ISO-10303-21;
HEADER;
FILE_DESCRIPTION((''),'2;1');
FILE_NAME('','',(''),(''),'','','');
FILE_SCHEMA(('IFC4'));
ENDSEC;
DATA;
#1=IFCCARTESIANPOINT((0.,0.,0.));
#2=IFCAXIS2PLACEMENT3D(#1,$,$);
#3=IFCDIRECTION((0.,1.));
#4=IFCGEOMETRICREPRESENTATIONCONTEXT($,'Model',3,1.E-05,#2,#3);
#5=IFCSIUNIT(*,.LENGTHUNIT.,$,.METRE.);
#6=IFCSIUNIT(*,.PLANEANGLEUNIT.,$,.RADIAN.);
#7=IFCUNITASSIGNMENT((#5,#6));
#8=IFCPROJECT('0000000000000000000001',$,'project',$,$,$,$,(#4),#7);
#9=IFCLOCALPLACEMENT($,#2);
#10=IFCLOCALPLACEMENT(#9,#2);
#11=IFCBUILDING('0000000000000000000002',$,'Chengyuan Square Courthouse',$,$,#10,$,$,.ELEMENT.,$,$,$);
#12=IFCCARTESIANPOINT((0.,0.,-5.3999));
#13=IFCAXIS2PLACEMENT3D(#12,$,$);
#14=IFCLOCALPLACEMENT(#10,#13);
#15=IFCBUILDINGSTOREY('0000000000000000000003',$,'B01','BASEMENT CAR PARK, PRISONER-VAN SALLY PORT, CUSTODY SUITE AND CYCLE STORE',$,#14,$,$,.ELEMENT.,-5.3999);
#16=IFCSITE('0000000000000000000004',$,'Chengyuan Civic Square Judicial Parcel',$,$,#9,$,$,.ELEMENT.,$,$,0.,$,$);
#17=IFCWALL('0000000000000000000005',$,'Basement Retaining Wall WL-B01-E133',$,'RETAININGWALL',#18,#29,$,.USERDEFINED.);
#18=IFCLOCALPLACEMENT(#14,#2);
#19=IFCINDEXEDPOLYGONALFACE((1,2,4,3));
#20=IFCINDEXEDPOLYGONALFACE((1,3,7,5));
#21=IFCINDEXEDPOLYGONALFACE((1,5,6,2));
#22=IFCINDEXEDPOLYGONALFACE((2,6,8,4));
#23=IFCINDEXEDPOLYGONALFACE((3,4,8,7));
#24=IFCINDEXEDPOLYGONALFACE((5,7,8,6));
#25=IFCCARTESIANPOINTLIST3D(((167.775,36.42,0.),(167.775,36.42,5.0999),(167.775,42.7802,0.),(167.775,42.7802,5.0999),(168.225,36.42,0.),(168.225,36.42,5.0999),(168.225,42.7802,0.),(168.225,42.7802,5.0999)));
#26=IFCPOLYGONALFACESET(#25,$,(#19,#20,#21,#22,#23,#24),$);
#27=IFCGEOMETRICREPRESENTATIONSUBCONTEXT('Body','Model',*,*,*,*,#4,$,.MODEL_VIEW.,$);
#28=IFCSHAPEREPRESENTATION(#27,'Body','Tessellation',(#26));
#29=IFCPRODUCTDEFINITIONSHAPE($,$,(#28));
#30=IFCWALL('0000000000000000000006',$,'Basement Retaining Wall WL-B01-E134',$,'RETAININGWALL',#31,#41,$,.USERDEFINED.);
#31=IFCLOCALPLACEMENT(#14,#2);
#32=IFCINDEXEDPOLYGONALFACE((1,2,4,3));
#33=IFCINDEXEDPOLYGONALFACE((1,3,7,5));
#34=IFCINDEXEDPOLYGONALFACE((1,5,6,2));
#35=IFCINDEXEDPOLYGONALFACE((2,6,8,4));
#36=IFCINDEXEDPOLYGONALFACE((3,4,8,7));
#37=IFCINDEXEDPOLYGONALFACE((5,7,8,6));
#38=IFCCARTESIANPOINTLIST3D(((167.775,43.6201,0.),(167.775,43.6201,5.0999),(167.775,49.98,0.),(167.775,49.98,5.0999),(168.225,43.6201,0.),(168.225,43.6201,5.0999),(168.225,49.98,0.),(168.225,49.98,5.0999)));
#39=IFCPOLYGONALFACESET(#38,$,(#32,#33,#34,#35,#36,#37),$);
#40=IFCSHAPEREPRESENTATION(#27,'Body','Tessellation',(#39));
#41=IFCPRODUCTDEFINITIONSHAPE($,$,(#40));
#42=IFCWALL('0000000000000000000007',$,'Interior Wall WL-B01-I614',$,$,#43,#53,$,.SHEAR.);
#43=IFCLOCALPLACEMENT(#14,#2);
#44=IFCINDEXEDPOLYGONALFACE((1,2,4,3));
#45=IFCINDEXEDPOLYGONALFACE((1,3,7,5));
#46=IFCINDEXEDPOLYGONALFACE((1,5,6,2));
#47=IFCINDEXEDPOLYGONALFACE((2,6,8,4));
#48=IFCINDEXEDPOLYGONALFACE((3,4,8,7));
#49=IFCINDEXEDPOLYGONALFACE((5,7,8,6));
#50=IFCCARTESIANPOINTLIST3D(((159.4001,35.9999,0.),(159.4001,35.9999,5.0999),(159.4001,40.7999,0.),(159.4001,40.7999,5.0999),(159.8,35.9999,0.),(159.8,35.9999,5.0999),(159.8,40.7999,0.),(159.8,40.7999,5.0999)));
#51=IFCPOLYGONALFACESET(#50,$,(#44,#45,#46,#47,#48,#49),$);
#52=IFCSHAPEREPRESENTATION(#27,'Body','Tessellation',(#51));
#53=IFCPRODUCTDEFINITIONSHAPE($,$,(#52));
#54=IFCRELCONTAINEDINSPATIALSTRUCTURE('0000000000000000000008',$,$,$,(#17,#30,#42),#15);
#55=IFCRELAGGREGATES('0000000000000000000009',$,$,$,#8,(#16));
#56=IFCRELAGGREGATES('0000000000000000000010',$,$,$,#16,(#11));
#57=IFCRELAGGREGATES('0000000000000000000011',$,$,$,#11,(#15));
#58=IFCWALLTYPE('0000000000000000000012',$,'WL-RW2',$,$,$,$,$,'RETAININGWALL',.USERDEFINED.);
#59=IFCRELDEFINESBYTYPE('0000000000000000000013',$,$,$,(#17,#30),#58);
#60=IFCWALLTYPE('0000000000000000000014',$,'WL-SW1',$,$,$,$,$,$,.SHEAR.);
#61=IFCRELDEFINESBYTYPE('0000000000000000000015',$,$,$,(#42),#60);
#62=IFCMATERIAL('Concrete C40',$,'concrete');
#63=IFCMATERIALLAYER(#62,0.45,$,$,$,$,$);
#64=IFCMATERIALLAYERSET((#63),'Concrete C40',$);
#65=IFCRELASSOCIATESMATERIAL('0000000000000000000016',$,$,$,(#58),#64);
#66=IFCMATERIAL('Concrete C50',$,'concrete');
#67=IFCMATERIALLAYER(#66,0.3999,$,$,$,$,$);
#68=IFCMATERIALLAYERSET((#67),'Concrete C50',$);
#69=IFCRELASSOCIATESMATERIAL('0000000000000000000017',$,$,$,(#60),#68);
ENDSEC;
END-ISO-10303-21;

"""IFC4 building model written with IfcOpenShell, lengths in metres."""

from ifc_helpers import new_model, si_unit, direction, frame, frame_2d, origin, place, context, subcontext, project, spatial, rectangle, extrude, material, layer, layer_set, type_object, element, save


model = new_model("IFC4")

# Units and contexts
model_context = context("Model", 3, precision=1e-05, world=origin(), true_north=direction((0.0, 1.0)))
body_context = subcontext(model_context, "Body", "Model", "MODEL_VIEW")
ifc_project = project(units=[si_unit("LENGTHUNIT", "METRE"), si_unit("PLANEANGLEUNIT", "RADIAN")], contexts=[model_context])

# Site, building, storey
site_placement = place(None, origin())
site = spatial("IfcSite", under=ifc_project, at=site_placement, Name="Chengyuan Civic Square Judicial Parcel", CompositionType="ELEMENT", RefElevation=0.0)
building_placement = place(site_placement, origin())
building = spatial("IfcBuilding", under=site, at=building_placement, Name="Chengyuan Square Courthouse", CompositionType="ELEMENT")
storey_placement = place(building_placement, frame((0.0, 0.0, -5.3999)))
storey = spatial("IfcBuildingStorey", under=building, at=storey_placement, Name="B01", Description="BASEMENT CAR PARK, PRISONER-VAN SALLY PORT, CUSTODY SUITE AND CYCLE STORE", CompositionType="ELEMENT", Elevation=-5.3999)

# Shared definitions
ifc_material_1 = material(Name="Concrete C50", Category="concrete")

# Shared definitions
ifc_material_2 = material(Name="Concrete C40", Category="concrete")

# Walls
ifc_layer_1 = layer(ifc_material_2, 0.45)
ifc_layer_set_1 = layer_set([ifc_layer_1], Name="Concrete C40")
wall_type_1 = type_object("IfcWallType", Name="WL-RW2", ElementType="RETAININGWALL", PredefinedType="USERDEFINED", material=ifc_layer_set_1)
wall_1_placement = place(storey_placement, frame((168.0, 36.4199, 0.0), z_axis=(0.0, 0.0, 1.0), x_axis=(0.0, 1.0, 0.0)))
element("IfcWall", 1, at=wall_1_placement, inside=storey, type_object=wall_type_1, Name="Basement Retaining Wall WL-B01-E133", ObjectType="RETAININGWALL", PredefinedType="USERDEFINED", context=body_context, shape_type="SweptSolid", body=[
    extrude(rectangle(XDim=6.3601, YDim=0.45, at=frame_2d((3.1802, 0.0))), origin(), (0.0, 0.0, 1.0), 5.0999),
])
wall_2_placement = place(storey_placement, frame((168.0, 43.6201, 0.0), z_axis=(0.0, 0.0, 1.0), x_axis=(0.0, 1.0, 0.0)))
element("IfcWall", 2, at=wall_2_placement, inside=storey, type_object=wall_type_1, Name="Basement Retaining Wall WL-B01-E134", ObjectType="RETAININGWALL", PredefinedType="USERDEFINED", context=body_context, shape_type="SweptSolid", body=[
    extrude(rectangle(XDim=6.3599, YDim=0.45, at=frame_2d((3.1799, 0.0))), origin(), (0.0, 0.0, 1.0), 5.0999),
])
ifc_layer_2 = layer(ifc_material_1, 0.3999)
ifc_layer_set_2 = layer_set([ifc_layer_2], Name="Concrete C50")
wall_type_2 = type_object("IfcWallType", Name="WL-SW1", PredefinedType="SHEAR", material=ifc_layer_set_2)
wall_3_placement = place(storey_placement, frame((159.6001, 36.0, 0.0), z_axis=(0.0, 0.0, 1.0), x_axis=(0.0, 1.0, 0.0)))
element("IfcWall", 3, at=wall_3_placement, inside=storey, type_object=wall_type_2, Name="Interior Wall WL-B01-I614", PredefinedType="SHEAR", context=body_context, shape_type="SweptSolid", body=[
    extrude(rectangle(XDim=4.8, YDim=0.3999, at=frame_2d((2.3999, 0.0))), origin(), (0.0, 0.0, 1.0), 5.0999),
])

save(model, "model.ifc")
